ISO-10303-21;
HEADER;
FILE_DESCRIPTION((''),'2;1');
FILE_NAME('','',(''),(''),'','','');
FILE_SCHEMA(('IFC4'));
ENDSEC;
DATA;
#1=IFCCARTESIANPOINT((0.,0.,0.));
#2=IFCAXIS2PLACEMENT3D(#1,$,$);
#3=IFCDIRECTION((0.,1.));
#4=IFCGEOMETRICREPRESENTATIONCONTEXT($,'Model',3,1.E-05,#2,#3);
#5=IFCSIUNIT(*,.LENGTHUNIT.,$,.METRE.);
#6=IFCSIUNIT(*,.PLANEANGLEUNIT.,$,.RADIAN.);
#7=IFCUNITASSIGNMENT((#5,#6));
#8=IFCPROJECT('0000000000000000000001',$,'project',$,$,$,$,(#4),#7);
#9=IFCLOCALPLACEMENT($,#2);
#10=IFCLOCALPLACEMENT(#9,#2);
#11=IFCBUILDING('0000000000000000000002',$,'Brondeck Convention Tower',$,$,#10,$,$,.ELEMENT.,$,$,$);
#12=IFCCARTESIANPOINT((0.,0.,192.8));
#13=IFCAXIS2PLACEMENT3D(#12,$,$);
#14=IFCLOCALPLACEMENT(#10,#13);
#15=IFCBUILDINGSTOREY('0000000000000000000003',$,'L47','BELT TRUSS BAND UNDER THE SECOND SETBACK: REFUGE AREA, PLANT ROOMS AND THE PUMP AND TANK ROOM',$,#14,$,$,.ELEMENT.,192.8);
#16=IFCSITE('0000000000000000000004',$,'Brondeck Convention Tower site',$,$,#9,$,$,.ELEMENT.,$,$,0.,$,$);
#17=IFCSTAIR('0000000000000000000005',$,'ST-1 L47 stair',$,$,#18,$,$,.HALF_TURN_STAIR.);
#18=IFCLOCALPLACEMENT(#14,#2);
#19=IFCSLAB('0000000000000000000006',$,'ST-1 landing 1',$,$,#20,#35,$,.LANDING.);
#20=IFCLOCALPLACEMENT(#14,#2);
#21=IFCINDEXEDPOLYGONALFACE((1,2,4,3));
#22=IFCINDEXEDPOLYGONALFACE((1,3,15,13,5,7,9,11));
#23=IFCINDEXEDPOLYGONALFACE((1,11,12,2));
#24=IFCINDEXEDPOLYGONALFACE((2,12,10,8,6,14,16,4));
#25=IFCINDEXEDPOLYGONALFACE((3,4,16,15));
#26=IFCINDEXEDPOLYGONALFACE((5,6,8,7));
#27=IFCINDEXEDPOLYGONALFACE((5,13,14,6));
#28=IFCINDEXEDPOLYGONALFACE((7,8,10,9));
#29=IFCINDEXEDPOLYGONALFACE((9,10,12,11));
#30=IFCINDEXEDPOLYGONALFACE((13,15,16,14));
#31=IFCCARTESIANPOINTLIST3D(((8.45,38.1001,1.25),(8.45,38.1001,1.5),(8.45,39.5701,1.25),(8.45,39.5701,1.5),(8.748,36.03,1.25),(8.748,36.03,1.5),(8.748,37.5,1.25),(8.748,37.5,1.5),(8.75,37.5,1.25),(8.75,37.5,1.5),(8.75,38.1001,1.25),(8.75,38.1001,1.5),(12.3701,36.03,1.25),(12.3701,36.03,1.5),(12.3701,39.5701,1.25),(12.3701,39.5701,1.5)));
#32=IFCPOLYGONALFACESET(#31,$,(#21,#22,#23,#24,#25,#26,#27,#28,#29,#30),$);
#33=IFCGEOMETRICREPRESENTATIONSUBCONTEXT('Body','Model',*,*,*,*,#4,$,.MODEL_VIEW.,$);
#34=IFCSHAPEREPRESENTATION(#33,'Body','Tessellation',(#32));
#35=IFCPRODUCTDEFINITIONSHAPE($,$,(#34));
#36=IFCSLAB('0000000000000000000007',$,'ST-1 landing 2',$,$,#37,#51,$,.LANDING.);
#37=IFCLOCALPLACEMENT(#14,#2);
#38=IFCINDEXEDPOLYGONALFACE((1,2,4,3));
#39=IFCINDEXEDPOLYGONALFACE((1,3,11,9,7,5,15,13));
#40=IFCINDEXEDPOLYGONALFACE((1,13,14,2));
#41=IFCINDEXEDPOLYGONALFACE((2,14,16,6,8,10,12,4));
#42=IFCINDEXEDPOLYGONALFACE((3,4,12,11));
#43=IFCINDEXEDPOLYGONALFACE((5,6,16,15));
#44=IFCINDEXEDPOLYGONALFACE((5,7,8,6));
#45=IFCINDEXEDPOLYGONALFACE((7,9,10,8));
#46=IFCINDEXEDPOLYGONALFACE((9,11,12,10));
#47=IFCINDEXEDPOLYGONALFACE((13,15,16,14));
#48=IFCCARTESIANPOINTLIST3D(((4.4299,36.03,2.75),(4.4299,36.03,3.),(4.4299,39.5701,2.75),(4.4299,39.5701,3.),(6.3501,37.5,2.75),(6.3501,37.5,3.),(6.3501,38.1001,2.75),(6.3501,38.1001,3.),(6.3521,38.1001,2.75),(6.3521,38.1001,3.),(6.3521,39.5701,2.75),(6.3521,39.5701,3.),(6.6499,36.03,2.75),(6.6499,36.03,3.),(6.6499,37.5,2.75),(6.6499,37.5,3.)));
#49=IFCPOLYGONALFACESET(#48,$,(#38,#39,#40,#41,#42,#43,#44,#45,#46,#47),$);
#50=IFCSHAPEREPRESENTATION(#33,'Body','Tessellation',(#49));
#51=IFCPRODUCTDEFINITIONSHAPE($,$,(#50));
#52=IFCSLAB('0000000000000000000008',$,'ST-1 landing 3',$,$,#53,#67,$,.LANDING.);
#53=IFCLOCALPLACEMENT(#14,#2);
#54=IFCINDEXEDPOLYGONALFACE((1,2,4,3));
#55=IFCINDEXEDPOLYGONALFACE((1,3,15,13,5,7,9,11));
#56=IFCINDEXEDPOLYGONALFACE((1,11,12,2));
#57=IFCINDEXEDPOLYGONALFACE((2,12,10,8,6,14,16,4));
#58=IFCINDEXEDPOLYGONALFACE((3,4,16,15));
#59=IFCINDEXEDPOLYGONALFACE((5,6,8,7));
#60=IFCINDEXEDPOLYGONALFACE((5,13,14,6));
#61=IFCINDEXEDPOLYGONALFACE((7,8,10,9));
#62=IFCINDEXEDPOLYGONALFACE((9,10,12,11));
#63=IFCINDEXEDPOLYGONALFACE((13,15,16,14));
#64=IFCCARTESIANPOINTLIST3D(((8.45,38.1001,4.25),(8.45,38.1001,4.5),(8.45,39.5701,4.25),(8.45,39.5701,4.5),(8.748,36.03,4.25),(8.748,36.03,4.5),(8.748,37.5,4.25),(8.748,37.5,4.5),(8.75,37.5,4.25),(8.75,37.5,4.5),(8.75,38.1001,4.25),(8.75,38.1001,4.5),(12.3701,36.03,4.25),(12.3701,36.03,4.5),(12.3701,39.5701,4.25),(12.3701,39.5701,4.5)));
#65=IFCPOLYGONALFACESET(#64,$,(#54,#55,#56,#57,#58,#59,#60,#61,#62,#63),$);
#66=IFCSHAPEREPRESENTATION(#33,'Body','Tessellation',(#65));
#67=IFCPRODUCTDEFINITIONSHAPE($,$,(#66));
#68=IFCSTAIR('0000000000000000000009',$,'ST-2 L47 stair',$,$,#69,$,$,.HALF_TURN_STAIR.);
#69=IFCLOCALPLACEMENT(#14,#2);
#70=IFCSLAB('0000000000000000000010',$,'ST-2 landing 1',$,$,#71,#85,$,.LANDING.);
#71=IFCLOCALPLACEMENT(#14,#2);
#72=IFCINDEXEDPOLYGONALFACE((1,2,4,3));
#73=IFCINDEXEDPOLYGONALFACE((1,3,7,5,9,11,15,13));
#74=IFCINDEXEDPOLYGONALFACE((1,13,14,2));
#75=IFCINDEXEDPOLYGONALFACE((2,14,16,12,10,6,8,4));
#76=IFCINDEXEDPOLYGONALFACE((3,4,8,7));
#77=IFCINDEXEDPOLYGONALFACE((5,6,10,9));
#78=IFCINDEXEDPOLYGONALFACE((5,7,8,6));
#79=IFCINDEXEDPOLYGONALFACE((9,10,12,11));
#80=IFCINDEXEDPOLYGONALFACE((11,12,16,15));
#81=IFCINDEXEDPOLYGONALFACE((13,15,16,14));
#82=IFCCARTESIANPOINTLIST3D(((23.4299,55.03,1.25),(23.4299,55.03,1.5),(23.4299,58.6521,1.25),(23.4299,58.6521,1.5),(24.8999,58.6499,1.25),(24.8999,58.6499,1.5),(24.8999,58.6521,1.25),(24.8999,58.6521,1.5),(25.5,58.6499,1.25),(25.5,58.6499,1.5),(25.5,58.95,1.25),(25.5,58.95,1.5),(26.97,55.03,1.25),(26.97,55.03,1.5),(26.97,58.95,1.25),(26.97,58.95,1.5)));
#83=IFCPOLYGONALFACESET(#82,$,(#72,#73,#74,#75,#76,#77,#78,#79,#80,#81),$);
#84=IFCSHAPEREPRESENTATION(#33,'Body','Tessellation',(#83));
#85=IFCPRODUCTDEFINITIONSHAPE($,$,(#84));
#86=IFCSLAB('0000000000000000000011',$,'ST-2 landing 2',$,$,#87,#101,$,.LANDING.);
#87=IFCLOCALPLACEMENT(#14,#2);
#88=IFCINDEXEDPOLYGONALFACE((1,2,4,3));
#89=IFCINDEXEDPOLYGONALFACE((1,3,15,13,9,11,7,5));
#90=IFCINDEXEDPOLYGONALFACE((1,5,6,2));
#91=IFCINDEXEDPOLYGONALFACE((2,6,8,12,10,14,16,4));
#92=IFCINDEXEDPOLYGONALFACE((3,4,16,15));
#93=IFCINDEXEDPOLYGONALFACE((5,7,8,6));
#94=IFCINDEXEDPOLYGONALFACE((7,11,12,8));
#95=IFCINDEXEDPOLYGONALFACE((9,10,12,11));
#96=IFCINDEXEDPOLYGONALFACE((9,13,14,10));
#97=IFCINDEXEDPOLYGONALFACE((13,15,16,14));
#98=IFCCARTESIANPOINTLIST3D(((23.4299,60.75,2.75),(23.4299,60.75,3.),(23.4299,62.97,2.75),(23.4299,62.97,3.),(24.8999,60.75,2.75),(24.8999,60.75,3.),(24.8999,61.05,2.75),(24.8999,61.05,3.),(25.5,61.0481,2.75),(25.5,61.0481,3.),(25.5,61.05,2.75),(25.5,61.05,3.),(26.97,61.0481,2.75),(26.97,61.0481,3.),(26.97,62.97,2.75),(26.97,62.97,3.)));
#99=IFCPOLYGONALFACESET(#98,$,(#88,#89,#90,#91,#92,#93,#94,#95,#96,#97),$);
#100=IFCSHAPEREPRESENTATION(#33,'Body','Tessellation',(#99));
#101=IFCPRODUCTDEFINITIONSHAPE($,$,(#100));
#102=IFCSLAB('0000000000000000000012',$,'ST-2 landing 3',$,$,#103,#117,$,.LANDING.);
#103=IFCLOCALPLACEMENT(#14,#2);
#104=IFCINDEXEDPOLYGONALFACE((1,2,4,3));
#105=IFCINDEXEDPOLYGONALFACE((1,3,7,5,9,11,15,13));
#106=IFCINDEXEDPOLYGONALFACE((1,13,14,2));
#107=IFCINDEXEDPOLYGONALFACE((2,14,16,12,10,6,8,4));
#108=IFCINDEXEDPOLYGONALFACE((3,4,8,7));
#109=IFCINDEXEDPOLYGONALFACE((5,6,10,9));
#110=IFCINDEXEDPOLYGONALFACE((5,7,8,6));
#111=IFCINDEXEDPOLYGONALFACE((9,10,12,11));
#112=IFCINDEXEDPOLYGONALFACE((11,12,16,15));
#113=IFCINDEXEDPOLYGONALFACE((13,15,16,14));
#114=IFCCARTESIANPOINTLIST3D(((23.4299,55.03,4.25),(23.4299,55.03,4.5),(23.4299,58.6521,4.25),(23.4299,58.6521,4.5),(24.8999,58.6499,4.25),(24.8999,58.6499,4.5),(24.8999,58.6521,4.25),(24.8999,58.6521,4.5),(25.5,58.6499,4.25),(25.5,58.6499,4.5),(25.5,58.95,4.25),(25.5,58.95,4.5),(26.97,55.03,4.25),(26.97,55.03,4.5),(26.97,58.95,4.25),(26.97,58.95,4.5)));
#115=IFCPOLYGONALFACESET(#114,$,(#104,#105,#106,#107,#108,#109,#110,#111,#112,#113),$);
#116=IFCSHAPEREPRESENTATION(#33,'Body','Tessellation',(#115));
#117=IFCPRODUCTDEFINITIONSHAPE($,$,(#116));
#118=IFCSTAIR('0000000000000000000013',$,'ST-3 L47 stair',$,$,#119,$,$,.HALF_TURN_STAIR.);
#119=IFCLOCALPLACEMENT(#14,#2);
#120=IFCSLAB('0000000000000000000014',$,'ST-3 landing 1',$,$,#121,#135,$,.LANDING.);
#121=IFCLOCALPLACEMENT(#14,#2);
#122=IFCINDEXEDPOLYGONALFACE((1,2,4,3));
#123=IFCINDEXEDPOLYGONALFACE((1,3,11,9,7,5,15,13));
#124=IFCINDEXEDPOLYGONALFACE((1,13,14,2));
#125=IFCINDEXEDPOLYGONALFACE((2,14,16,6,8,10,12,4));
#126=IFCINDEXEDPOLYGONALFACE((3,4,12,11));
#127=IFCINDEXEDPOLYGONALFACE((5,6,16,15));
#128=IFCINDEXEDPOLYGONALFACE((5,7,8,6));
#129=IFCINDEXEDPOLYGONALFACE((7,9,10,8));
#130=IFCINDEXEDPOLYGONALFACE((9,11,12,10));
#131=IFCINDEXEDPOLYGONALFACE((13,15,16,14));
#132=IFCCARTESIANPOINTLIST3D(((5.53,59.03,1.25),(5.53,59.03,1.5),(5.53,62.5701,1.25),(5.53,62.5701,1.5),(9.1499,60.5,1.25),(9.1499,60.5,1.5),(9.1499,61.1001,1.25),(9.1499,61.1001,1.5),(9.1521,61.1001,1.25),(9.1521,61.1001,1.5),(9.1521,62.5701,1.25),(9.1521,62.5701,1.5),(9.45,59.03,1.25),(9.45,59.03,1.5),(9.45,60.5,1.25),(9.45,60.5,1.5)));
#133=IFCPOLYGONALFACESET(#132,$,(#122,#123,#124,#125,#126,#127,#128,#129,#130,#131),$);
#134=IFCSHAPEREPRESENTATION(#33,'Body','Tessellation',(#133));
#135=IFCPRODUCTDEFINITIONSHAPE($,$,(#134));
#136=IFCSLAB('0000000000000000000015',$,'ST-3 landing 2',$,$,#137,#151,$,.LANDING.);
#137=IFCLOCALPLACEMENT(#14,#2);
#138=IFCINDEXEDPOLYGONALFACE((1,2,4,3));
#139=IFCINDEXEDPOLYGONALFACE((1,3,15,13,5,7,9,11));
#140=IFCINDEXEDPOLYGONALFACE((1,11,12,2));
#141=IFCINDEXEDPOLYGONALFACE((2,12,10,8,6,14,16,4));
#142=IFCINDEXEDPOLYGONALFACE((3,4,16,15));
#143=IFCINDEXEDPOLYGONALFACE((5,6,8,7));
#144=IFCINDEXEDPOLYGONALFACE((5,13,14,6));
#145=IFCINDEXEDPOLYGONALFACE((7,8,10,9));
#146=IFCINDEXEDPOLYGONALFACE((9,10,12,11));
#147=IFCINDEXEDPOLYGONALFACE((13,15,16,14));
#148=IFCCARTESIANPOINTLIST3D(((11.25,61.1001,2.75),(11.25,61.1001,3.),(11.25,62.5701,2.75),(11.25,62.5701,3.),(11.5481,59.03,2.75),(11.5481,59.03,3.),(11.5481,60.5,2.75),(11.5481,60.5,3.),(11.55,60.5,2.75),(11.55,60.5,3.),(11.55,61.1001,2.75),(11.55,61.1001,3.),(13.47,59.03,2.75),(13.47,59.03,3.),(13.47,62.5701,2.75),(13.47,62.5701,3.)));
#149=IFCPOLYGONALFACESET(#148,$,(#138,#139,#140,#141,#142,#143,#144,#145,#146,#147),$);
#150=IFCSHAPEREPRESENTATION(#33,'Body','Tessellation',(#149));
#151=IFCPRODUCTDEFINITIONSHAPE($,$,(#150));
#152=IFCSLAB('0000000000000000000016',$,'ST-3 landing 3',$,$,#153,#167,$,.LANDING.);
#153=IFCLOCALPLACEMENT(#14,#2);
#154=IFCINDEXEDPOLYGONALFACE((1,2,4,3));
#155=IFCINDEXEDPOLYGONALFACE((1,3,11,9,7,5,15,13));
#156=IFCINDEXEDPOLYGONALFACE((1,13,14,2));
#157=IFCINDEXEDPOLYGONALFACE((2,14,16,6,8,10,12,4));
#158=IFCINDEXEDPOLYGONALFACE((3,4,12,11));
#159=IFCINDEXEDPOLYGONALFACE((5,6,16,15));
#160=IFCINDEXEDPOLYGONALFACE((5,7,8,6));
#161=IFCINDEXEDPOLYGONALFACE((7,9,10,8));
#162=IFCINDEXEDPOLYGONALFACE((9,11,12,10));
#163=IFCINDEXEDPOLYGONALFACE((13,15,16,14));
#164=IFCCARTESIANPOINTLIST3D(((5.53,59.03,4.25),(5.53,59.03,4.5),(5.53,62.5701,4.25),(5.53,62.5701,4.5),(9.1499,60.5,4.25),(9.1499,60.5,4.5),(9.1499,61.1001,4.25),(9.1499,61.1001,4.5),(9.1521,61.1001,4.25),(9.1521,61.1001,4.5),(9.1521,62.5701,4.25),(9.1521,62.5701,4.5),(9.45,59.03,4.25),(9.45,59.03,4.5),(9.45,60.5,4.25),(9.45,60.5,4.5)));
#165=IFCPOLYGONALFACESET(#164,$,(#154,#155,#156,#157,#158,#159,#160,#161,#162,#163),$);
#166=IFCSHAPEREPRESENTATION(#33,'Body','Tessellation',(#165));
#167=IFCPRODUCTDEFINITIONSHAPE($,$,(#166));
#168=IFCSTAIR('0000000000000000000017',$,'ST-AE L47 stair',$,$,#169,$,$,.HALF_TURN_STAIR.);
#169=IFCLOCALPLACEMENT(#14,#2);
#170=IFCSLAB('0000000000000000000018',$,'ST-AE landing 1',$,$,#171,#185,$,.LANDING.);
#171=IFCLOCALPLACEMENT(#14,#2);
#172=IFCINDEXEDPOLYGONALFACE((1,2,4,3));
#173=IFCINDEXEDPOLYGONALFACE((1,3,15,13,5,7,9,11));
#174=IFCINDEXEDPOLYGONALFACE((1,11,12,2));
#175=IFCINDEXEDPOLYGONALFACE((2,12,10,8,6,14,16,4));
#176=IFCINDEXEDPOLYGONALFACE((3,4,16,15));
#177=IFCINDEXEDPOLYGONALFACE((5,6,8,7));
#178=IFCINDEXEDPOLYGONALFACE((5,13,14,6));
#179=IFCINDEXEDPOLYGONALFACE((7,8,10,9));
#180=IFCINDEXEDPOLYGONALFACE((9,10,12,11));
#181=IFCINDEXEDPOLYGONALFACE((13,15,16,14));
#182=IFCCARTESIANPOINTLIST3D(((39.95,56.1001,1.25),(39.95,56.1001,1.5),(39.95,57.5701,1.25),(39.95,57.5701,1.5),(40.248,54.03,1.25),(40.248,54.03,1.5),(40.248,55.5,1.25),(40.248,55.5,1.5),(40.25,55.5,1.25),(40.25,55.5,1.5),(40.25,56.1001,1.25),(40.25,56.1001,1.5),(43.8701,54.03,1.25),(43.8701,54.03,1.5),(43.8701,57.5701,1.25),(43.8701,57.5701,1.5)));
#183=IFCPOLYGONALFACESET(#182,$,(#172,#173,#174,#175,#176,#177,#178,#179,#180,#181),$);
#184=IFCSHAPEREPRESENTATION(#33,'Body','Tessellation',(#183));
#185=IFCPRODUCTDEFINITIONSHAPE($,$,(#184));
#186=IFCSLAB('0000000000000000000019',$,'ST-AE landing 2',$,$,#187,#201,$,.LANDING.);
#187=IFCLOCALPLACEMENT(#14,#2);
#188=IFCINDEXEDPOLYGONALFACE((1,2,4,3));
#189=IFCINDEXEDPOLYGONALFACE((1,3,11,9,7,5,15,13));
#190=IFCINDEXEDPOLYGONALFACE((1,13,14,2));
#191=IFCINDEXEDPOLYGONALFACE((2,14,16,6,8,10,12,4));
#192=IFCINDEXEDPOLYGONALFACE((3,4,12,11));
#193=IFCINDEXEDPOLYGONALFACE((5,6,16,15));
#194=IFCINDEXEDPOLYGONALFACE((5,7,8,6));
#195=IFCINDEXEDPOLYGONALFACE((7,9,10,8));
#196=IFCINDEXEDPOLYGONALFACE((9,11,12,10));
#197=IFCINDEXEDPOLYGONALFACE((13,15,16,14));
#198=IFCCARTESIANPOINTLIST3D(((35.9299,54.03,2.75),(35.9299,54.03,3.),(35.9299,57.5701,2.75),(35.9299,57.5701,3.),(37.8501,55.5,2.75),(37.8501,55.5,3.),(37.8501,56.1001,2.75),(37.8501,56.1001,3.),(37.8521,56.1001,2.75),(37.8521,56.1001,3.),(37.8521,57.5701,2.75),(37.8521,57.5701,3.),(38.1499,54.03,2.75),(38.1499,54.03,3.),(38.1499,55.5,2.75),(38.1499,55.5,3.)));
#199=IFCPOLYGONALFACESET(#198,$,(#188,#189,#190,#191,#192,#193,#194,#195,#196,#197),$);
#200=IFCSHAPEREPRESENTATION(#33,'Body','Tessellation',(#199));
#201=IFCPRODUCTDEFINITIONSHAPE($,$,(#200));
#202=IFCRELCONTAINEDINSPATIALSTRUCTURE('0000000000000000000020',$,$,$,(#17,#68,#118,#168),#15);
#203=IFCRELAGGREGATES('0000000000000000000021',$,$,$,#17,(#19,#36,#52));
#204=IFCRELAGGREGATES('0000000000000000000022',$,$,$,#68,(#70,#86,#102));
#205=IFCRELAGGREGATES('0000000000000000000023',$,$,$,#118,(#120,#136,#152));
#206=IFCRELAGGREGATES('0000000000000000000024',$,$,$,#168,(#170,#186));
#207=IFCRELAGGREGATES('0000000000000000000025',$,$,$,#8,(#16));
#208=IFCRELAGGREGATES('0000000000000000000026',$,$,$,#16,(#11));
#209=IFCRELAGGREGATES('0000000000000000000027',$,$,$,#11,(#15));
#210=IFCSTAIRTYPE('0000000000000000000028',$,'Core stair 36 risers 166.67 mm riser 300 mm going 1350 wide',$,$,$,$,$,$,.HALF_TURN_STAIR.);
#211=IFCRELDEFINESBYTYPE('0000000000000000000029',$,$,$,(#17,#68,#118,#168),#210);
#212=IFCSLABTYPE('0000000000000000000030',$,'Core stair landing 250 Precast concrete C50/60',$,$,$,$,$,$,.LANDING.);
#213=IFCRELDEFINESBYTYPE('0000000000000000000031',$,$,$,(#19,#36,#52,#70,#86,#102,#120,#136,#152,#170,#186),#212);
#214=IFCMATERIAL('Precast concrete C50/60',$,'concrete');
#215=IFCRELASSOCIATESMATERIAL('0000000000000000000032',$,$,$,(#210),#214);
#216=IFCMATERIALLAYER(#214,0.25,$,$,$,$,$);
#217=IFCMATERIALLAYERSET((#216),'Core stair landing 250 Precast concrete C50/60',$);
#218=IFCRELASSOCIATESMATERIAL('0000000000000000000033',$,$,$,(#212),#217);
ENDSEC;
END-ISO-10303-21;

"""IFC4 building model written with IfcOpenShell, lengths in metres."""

from ifc_helpers import new_model, si_unit, direction, frame, origin, place, context, subcontext, project, spatial, polyline, outline, extrude, material, layer, layer_set, type_object, element, aggregate, save


model = new_model("IFC4")

# Units and contexts
model_context = context("Model", 3, precision=1e-05, world=origin(), true_north=direction((0.0, 1.0)))
body_context = subcontext(model_context, "Body", "Model", "MODEL_VIEW")
ifc_project = project(units=[si_unit("LENGTHUNIT", "METRE"), si_unit("PLANEANGLEUNIT", "RADIAN")], contexts=[model_context])

# Site, building, storey
site_placement = place(None, origin())
site = spatial("IfcSite", under=ifc_project, at=site_placement, Name="Brondeck Convention Tower site", CompositionType="ELEMENT", RefElevation=0.0)
building_placement = place(site_placement, origin())
building = spatial("IfcBuilding", under=site, at=building_placement, Name="Brondeck Convention Tower", CompositionType="ELEMENT")
storey_placement = place(building_placement, frame((0.0, 0.0, 192.8)))
storey = spatial("IfcBuildingStorey", under=building, at=storey_placement, Name="L47", Description="BELT TRUSS BAND UNDER THE SECOND SETBACK: REFUGE AREA, PLANT ROOMS AND THE PUMP AND TANK ROOM", CompositionType="ELEMENT", Elevation=192.8)

# Stairs, slabs
ifc_material_1 = material(Name="Precast concrete C50/60", Category="concrete")
stair_type = type_object("IfcStairType", Name="Core stair 36 risers 166.67 mm riser 300 mm going 1350 wide", PredefinedType="HALF_TURN_STAIR", material=ifc_material_1)
stair_1_placement = place(storey_placement, origin())
stair_1 = element("IfcStair", 1, at=stair_1_placement, inside=storey, type_object=stair_type, Name="ST-1 L47 stair", PredefinedType="HALF_TURN_STAIR")
ifc_layer_1 = layer(ifc_material_1, 0.25)
ifc_layer_set_1 = layer_set([ifc_layer_1], Name="Core stair landing 250 Precast concrete C50/60")
slab_type_1 = type_object("IfcSlabType", Name="Core stair landing 250 Precast concrete C50/60", PredefinedType="LANDING", material=ifc_layer_set_1)
slab_1_placement = place(storey_placement, frame((0.0, 0.0, 1.25)))
slab_1 = element("IfcSlab", 2, at=slab_1_placement, type_object=slab_type_1, Name="ST-1 landing 1", PredefinedType="LANDING", context=body_context, shape_type="SweptSolid", body=[
    extrude(outline(polyline([(8.748, 37.5), (8.75, 37.5), (8.75, 38.1001), (8.45, 38.1001), (8.45, 39.5701), (12.3701, 39.5701), (12.3701, 36.03), (8.748, 36.03), (8.748, 37.5)])), origin(), (0.0, 0.0, 1.0), 0.25),
])
slab_2_placement = place(storey_placement, frame((0.0, 0.0, 2.75)))
slab_2 = element("IfcSlab", 3, at=slab_2_placement, type_object=slab_type_1, Name="ST-1 landing 2", PredefinedType="LANDING", context=body_context, shape_type="SweptSolid", body=[
    extrude(outline(polyline([(6.6499, 37.5), (6.6499, 36.03), (4.4299, 36.03), (4.4299, 39.5701), (6.3521, 39.5701), (6.3521, 38.1001), (6.3501, 38.1001), (6.3501, 37.5), (6.6499, 37.5)])), origin(), (0.0, 0.0, 1.0), 0.25),
])
slab_3_placement = place(storey_placement, frame((0.0, 0.0, 4.25)))
slab_3 = element("IfcSlab", 4, at=slab_3_placement, type_object=slab_type_1, Name="ST-1 landing 3", PredefinedType="LANDING", context=body_context, shape_type="SweptSolid", body=[
    extrude(outline(polyline([(8.748, 37.5), (8.75, 37.5), (8.75, 38.1001), (8.45, 38.1001), (8.45, 39.5701), (12.3701, 39.5701), (12.3701, 36.03), (8.748, 36.03), (8.748, 37.5)])), origin(), (0.0, 0.0, 1.0), 0.25),
])
aggregate(stair_1, [slab_1, slab_2, slab_3])
stair_2_placement = place(storey_placement, origin())
stair_2 = element("IfcStair", 5, at=stair_2_placement, inside=storey, type_object=stair_type, Name="ST-2 L47 stair", PredefinedType="HALF_TURN_STAIR")
slab_4_placement = place(storey_placement, frame((0.0, 0.0, 1.25)))
slab_4 = element("IfcSlab", 6, at=slab_4_placement, type_object=slab_type_1, Name="ST-2 landing 1", PredefinedType="LANDING", context=body_context, shape_type="SweptSolid", body=[
    extrude(outline(polyline([(23.4299, 58.6521), (24.8999, 58.6521), (24.8999, 58.6499), (25.5, 58.6499), (25.5, 58.95), (26.97, 58.95), (26.97, 55.03), (23.4299, 55.03), (23.4299, 58.6521)])), origin(), (0.0, 0.0, 1.0), 0.25),
])
slab_5_placement = place(storey_placement, frame((0.0, 0.0, 2.75)))
slab_5 = element("IfcSlab", 7, at=slab_5_placement, type_object=slab_type_1, Name="ST-2 landing 2", PredefinedType="LANDING", context=body_context, shape_type="SweptSolid", body=[
    extrude(outline(polyline([(23.4299, 62.97), (26.97, 62.97), (26.97, 61.0481), (25.5, 61.0481), (25.5, 61.05), (24.8999, 61.05), (24.8999, 60.75), (23.4299, 60.75), (23.4299, 62.97)])), origin(), (0.0, 0.0, 1.0), 0.25),
])
slab_6_placement = place(storey_placement, frame((0.0, 0.0, 4.25)))
slab_6 = element("IfcSlab", 8, at=slab_6_placement, type_object=slab_type_1, Name="ST-2 landing 3", PredefinedType="LANDING", context=body_context, shape_type="SweptSolid", body=[
    extrude(outline(polyline([(23.4299, 58.6521), (24.8999, 58.6521), (24.8999, 58.6499), (25.5, 58.6499), (25.5, 58.95), (26.97, 58.95), (26.97, 55.03), (23.4299, 55.03), (23.4299, 58.6521)])), origin(), (0.0, 0.0, 1.0), 0.25),
])
aggregate(stair_2, [slab_4, slab_5, slab_6])
stair_3_placement = place(storey_placement, origin())
stair_3 = element("IfcStair", 9, at=stair_3_placement, inside=storey, type_object=stair_type, Name="ST-3 L47 stair", PredefinedType="HALF_TURN_STAIR")
slab_7_placement = place(storey_placement, frame((0.0, 0.0, 1.25)))
slab_7 = element("IfcSlab", 10, at=slab_7_placement, type_object=slab_type_1, Name="ST-3 landing 1", PredefinedType="LANDING", context=body_context, shape_type="SweptSolid", body=[
    extrude(outline(polyline([(9.45, 60.5), (9.45, 59.03), (5.53, 59.03), (5.53, 62.5701), (9.1521, 62.5701), (9.1521, 61.1001), (9.1499, 61.1001), (9.1499, 60.5), (9.45, 60.5)])), origin(), (0.0, 0.0, 1.0), 0.25),
])
slab_8_placement = place(storey_placement, frame((0.0, 0.0, 2.75)))
slab_8 = element("IfcSlab", 11, at=slab_8_placement, type_object=slab_type_1, Name="ST-3 landing 2", PredefinedType="LANDING", context=body_context, shape_type="SweptSolid", body=[
    extrude(outline(polyline([(11.5481, 60.5), (11.55, 60.5), (11.55, 61.1001), (11.25, 61.1001), (11.25, 62.5701), (13.47, 62.5701), (13.47, 59.03), (11.5481, 59.03), (11.5481, 60.5)])), origin(), (0.0, 0.0, 1.0), 0.25),
])
slab_9_placement = place(storey_placement, frame((0.0, 0.0, 4.25)))
slab_9 = element("IfcSlab", 12, at=slab_9_placement, type_object=slab_type_1, Name="ST-3 landing 3", PredefinedType="LANDING", context=body_context, shape_type="SweptSolid", body=[
    extrude(outline(polyline([(9.45, 60.5), (9.45, 59.03), (5.53, 59.03), (5.53, 62.5701), (9.1521, 62.5701), (9.1521, 61.1001), (9.1499, 61.1001), (9.1499, 60.5), (9.45, 60.5)])), origin(), (0.0, 0.0, 1.0), 0.25),
])
aggregate(stair_3, [slab_7, slab_8, slab_9])
stair_4_placement = place(storey_placement, origin())
stair_4 = element("IfcStair", 13, at=stair_4_placement, inside=storey, type_object=stair_type, Name="ST-AE L47 stair", PredefinedType="HALF_TURN_STAIR")
slab_10_placement = place(storey_placement, frame((0.0, 0.0, 1.25)))
slab_10 = element("IfcSlab", 14, at=slab_10_placement, type_object=slab_type_1, Name="ST-AE landing 1", PredefinedType="LANDING", context=body_context, shape_type="SweptSolid", body=[
    extrude(outline(polyline([(40.248, 55.5), (40.25, 55.5), (40.25, 56.1001), (39.95, 56.1001), (39.95, 57.5701), (43.8701, 57.5701), (43.8701, 54.03), (40.248, 54.03), (40.248, 55.5)])), origin(), (0.0, 0.0, 1.0), 0.25),
])
slab_11_placement = place(storey_placement, frame((0.0, 0.0, 2.75)))
slab_11 = element("IfcSlab", 15, at=slab_11_placement, type_object=slab_type_1, Name="ST-AE landing 2", PredefinedType="LANDING", context=body_context, shape_type="SweptSolid", body=[
    extrude(outline(polyline([(38.1499, 55.5), (38.1499, 54.03), (35.9299, 54.03), (35.9299, 57.5701), (37.8521, 57.5701), (37.8521, 56.1001), (37.8501, 56.1001), (37.8501, 55.5), (38.1499, 55.5)])), origin(), (0.0, 0.0, 1.0), 0.25),
])
aggregate(stair_4, [slab_10, slab_11])

save(model, "model.ifc")
